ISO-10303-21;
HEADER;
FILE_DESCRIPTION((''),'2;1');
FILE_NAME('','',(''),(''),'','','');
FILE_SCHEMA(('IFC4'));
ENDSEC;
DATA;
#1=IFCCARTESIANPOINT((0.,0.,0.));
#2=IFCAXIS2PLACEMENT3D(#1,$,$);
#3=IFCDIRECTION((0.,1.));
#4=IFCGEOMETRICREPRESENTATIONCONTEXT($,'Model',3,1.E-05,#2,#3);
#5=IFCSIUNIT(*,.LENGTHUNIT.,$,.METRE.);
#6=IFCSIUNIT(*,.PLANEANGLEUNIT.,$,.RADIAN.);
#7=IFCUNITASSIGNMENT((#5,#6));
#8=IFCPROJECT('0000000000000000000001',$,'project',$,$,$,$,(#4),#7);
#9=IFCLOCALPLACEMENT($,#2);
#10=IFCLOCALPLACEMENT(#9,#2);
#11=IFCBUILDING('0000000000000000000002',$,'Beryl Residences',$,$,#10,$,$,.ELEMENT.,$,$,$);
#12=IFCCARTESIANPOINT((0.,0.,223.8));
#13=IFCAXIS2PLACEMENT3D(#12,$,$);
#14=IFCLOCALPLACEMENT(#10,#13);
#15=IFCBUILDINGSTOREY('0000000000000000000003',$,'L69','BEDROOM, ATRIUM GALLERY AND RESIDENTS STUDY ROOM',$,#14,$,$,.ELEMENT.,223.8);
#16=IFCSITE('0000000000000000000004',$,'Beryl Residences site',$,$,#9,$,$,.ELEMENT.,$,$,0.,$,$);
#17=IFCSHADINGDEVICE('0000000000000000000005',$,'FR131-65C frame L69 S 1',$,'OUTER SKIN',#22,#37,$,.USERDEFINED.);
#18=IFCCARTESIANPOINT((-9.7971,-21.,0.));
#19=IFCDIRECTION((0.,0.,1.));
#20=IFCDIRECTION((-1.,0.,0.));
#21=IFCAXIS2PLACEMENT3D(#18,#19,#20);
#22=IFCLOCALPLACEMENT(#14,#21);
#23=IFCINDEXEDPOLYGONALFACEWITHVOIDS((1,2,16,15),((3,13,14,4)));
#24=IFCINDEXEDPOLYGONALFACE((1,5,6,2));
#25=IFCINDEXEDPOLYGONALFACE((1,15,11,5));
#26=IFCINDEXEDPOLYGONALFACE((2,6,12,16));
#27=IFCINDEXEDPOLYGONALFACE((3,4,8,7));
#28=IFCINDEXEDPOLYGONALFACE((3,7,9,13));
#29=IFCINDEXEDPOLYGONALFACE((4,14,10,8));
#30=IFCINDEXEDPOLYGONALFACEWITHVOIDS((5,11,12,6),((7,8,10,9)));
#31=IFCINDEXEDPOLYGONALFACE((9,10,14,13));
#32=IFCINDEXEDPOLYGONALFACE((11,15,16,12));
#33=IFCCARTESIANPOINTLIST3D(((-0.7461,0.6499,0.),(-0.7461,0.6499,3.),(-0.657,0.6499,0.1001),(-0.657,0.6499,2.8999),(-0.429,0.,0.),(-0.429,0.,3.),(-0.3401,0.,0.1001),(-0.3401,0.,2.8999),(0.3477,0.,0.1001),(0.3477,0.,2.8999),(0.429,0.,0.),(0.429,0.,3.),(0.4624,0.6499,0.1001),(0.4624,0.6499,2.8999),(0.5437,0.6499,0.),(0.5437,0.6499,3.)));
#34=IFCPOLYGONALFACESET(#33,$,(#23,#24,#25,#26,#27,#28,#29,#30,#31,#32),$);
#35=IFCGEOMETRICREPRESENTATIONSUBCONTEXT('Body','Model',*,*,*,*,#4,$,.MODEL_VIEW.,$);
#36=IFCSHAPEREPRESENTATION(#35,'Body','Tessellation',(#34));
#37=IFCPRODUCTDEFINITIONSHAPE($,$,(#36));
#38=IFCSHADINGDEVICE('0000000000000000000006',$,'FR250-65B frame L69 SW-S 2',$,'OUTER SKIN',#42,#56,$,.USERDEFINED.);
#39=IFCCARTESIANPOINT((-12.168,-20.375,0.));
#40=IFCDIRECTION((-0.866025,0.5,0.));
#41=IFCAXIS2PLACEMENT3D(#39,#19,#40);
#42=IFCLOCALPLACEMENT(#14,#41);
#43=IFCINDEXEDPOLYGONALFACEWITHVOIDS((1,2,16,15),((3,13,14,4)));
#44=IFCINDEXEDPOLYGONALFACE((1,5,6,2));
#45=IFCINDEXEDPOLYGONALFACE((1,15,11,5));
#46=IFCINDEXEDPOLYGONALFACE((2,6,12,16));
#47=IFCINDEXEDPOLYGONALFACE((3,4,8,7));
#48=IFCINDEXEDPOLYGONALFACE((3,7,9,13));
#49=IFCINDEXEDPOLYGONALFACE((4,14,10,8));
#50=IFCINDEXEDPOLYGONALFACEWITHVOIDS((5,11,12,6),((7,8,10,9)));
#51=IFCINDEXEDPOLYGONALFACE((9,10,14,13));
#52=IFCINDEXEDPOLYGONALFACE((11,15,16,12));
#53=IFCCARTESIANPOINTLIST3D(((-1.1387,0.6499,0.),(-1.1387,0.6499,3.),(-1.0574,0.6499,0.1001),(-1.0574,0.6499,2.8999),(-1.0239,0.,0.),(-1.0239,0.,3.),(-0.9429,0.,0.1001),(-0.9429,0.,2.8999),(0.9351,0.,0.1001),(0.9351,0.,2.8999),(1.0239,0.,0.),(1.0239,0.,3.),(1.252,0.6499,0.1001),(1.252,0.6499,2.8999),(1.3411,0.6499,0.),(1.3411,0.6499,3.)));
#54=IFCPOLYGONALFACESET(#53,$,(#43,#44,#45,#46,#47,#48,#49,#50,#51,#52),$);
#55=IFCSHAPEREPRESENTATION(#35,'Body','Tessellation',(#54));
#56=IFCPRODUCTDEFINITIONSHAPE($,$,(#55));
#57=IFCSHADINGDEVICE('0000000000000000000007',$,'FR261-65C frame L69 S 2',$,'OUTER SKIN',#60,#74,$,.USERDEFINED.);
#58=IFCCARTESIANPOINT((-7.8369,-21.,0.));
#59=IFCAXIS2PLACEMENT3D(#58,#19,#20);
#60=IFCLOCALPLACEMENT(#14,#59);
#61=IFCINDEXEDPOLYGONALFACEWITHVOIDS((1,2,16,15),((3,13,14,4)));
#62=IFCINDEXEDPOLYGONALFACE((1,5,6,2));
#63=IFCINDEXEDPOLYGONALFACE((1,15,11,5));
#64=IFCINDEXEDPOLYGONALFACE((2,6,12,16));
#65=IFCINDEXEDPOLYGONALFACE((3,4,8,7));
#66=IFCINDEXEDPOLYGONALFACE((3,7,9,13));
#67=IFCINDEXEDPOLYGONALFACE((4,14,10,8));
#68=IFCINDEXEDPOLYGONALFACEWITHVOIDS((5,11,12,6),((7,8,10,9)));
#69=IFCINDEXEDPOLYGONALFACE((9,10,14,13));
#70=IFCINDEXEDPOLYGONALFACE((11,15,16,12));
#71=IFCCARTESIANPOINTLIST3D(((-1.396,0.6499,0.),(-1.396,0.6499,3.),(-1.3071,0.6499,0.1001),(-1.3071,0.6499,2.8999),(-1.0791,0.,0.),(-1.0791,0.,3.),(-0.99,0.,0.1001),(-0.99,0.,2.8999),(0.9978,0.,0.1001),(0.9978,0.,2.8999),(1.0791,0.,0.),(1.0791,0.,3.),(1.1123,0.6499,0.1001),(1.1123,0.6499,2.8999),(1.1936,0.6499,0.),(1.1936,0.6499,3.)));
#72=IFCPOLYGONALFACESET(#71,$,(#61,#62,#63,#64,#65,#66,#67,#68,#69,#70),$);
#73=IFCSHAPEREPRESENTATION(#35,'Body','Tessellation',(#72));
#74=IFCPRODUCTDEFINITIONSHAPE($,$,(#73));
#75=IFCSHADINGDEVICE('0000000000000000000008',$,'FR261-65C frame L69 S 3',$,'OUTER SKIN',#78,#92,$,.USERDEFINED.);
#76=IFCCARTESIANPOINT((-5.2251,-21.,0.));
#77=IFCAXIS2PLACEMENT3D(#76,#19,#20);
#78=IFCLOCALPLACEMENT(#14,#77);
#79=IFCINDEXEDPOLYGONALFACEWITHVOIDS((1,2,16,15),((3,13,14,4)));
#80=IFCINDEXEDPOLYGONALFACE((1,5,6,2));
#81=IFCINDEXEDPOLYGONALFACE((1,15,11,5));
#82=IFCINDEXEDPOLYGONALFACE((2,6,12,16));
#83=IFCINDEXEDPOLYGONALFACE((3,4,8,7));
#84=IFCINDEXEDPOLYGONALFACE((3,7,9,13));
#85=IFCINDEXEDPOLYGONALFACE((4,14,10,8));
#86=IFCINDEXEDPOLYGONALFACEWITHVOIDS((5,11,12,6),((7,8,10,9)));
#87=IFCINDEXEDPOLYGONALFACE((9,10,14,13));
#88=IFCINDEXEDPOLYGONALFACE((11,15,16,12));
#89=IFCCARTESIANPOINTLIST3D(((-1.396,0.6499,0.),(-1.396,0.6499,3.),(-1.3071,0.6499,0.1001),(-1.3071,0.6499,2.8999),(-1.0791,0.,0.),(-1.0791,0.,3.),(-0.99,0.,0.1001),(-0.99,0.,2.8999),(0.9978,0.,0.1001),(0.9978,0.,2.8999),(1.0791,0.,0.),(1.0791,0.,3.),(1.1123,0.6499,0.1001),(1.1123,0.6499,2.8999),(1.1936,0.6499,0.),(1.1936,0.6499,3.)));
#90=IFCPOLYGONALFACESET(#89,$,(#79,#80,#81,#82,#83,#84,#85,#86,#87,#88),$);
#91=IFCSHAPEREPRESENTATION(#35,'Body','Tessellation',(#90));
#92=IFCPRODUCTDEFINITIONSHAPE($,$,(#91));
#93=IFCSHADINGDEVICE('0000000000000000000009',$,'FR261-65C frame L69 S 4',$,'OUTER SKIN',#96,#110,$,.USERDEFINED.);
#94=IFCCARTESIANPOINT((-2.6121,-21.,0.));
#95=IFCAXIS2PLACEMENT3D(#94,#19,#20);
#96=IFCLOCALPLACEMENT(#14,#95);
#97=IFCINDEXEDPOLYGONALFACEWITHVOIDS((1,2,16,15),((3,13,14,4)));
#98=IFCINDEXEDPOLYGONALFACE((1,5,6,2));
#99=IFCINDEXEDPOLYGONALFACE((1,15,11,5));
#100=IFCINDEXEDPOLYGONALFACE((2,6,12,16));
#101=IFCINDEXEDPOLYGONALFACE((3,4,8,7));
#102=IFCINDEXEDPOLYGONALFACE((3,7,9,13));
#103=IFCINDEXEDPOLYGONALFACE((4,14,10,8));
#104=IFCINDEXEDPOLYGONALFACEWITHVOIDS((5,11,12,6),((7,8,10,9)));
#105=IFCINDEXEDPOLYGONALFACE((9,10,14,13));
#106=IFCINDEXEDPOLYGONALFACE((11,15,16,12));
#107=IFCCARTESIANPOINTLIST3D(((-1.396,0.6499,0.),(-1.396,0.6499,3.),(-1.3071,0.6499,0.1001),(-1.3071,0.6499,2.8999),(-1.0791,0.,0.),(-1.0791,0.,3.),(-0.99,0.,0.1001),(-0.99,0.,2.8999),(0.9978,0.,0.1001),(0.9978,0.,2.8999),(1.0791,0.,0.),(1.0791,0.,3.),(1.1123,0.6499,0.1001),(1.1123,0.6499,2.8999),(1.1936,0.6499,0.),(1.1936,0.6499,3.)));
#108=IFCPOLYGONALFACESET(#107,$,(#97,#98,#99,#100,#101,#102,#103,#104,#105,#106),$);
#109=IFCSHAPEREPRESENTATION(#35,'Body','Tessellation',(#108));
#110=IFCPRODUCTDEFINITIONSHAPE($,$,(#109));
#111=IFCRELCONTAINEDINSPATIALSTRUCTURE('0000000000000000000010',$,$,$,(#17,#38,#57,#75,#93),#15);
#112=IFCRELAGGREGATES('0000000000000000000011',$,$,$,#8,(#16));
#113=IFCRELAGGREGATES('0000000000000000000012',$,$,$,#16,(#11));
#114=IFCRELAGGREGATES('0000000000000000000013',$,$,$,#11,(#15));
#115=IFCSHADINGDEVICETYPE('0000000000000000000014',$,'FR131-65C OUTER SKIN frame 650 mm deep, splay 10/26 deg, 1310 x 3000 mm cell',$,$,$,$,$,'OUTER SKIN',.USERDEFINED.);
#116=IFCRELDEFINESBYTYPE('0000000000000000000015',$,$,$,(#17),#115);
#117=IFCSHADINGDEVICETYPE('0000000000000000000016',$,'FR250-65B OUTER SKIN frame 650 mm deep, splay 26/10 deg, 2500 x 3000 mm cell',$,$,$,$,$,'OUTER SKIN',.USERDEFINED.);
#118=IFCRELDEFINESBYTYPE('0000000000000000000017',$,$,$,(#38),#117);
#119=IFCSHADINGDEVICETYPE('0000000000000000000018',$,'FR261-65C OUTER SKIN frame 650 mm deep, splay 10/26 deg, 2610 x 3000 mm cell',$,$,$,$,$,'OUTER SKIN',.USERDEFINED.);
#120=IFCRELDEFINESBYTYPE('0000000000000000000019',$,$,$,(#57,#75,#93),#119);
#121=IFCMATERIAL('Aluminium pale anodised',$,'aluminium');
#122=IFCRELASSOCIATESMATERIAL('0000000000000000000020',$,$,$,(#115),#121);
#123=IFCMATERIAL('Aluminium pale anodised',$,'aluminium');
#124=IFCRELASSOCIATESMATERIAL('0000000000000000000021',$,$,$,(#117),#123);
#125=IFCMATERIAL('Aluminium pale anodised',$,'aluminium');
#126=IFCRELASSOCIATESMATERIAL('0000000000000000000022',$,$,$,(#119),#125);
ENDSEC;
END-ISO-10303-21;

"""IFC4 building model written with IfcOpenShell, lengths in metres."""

from ifc_helpers import new_model, entity, si_unit, direction, frame, origin, place, context, subcontext, project, spatial, source, transform, mapped, material, type_object, type_shapes, element, save


model = new_model("IFC4")

# Units and contexts
model_context = context("Model", 3, precision=1e-05, world=origin(), true_north=direction((0.0, 1.0)))
body_context = subcontext(model_context, "Body", "Model", "MODEL_VIEW")
ifc_project = project(units=[si_unit("LENGTHUNIT", "METRE"), si_unit("PLANEANGLEUNIT", "RADIAN")], contexts=[model_context])

# Site, building, storey
site_placement = place(None, origin())
site = spatial("IfcSite", under=ifc_project, at=site_placement, Name="Beryl Residences site", CompositionType="ELEMENT", RefElevation=0.0)
building_placement = place(site_placement, origin())
building = spatial("IfcBuilding", under=site, at=building_placement, Name="Beryl Residences", CompositionType="ELEMENT")
storey_placement = place(building_placement, frame((0.0, 0.0, 223.8)))
storey = spatial("IfcBuildingStorey", under=building, at=storey_placement, Name="L69", Description="BEDROOM, ATRIUM GALLERY AND RESIDENTS STUDY ROOM", CompositionType="ELEMENT", Elevation=223.8)

# Shading devices
ifc_material_1 = material(Name="Aluminium pale anodised", Category="aluminium")
shading_device_type_1 = type_object("IfcShadingDeviceType", Name="FR131-65C OUTER SKIN frame 650 mm deep, splay 10/26 deg, 1310 x 3000 mm cell", ElementType="OUTER SKIN", PredefinedType="USERDEFINED", material=ifc_material_1)
cartesian_point_1 = entity("IfcCartesianPoint", [-0.429, 0.0])
cartesian_point_2 = entity("IfcCartesianPoint", [-0.3477, 0.1001])
cartesian_point_3 = entity("IfcCartesianPoint", [-0.5437, 0.0])
cartesian_point_4 = entity("IfcCartesianPoint", [-0.4624, 0.1001])
shared_shape_1 = source(origin(), body_context, "Body", "SweptSolid", [
    entity("IfcExtrudedAreaSolidTapered", entity("IfcArbitraryProfileDefWithVoids", "AREA", None, entity("IfcPolyline", [cartesian_point_1, entity("IfcCartesianPoint", [0.429, 0.0]), entity("IfcCartesianPoint", [0.429, 3.0]), entity("IfcCartesianPoint", [-0.429, 3.0]), cartesian_point_1]), [entity("IfcPolyline", [cartesian_point_2, entity("IfcCartesianPoint", [0.3401, 0.1001]), entity("IfcCartesianPoint", [0.3401, 2.8999]), entity("IfcCartesianPoint", [-0.3477, 2.8999]), cartesian_point_2])]), entity("IfcAxis2Placement3D", entity("IfcCartesianPoint", [0.0, 0.0, 0.0]), entity("IfcDirection", [0.0, 1.0, 0.0]), entity("IfcDirection", [-1.0, 0.0, 0.0])), entity("IfcDirection", [0.0, 0.0, 1.0]), 0.6499, entity("IfcArbitraryProfileDefWithVoids", "AREA", None, entity("IfcPolyline", [cartesian_point_3, entity("IfcCartesianPoint", [0.7461, 0.0]), entity("IfcCartesianPoint", [0.7461, 3.0]), entity("IfcCartesianPoint", [-0.5437, 3.0]), cartesian_point_3]), [entity("IfcPolyline", [cartesian_point_4, entity("IfcCartesianPoint", [0.657, 0.1001]), entity("IfcCartesianPoint", [0.657, 2.8999]), entity("IfcCartesianPoint", [-0.4624, 2.8999]), cartesian_point_4])])),
])
type_shapes(shading_device_type_1, [shared_shape_1])
shading_device_1_placement = place(storey_placement, frame((-9.7971, -21.0, 0.0), z_axis=(0.0, 0.0, 1.0), x_axis=(-1.0, 0.0, 0.0)))
element("IfcShadingDevice", 1, at=shading_device_1_placement, inside=storey, type_object=shading_device_type_1, Name="FR131-65C frame L69 S 1", ObjectType="OUTER SKIN", PredefinedType="USERDEFINED", context=body_context, shape_type="MappedRepresentation", body=[
    mapped(shared_shape_1, transform((0.0, 0.0, 0.0))),
])
ifc_material_2 = material(Name="Aluminium pale anodised", Category="aluminium")
shading_device_type_2 = type_object("IfcShadingDeviceType", Name="FR250-65B OUTER SKIN frame 650 mm deep, splay 26/10 deg, 2500 x 3000 mm cell", ElementType="OUTER SKIN", PredefinedType="USERDEFINED", material=ifc_material_2)
cartesian_point_5 = entity("IfcCartesianPoint", [-1.0239, 0.0])
cartesian_point_6 = entity("IfcCartesianPoint", [-0.9351, 0.1001])
cartesian_point_7 = entity("IfcCartesianPoint", [-1.3411, 0.0])
cartesian_point_8 = entity("IfcCartesianPoint", [-1.252, 0.1001])
shared_shape_2 = source(origin(), body_context, "Body", "SweptSolid", [
    entity("IfcExtrudedAreaSolidTapered", entity("IfcArbitraryProfileDefWithVoids", "AREA", None, entity("IfcPolyline", [cartesian_point_5, entity("IfcCartesianPoint", [1.0239, 0.0]), entity("IfcCartesianPoint", [1.0239, 3.0]), entity("IfcCartesianPoint", [-1.0239, 3.0]), cartesian_point_5]), [entity("IfcPolyline", [cartesian_point_6, entity("IfcCartesianPoint", [0.9429, 0.1001]), entity("IfcCartesianPoint", [0.9429, 2.8999]), entity("IfcCartesianPoint", [-0.9351, 2.8999]), cartesian_point_6])]), entity("IfcAxis2Placement3D", entity("IfcCartesianPoint", [0.0, 0.0, 0.0]), entity("IfcDirection", [0.0, 1.0, 0.0]), entity("IfcDirection", [-1.0, 0.0, 0.0])), entity("IfcDirection", [0.0, 0.0, 1.0]), 0.6499, entity("IfcArbitraryProfileDefWithVoids", "AREA", None, entity("IfcPolyline", [cartesian_point_7, entity("IfcCartesianPoint", [1.1387, 0.0]), entity("IfcCartesianPoint", [1.1387, 3.0]), entity("IfcCartesianPoint", [-1.3411, 3.0]), cartesian_point_7]), [entity("IfcPolyline", [cartesian_point_8, entity("IfcCartesianPoint", [1.0574, 0.1001]), entity("IfcCartesianPoint", [1.0574, 2.8999]), entity("IfcCartesianPoint", [-1.252, 2.8999]), cartesian_point_8])])),
])
type_shapes(shading_device_type_2, [shared_shape_2])
shading_device_2_placement = place(storey_placement, frame((-12.168, -20.375, 0.0), z_axis=(0.0, 0.0, 1.0), x_axis=(-0.866025, 0.5, 0.0)))
element("IfcShadingDevice", 2, at=shading_device_2_placement, inside=storey, type_object=shading_device_type_2, Name="FR250-65B frame L69 SW-S 2", ObjectType="OUTER SKIN", PredefinedType="USERDEFINED", context=body_context, shape_type="MappedRepresentation", body=[
    mapped(shared_shape_2, transform((0.0, 0.0, 0.0))),
])
ifc_material_3 = material(Name="Aluminium pale anodised", Category="aluminium")
shading_device_type_3 = type_object("IfcShadingDeviceType", Name="FR261-65C OUTER SKIN frame 650 mm deep, splay 10/26 deg, 2610 x 3000 mm cell", ElementType="OUTER SKIN", PredefinedType="USERDEFINED", material=ifc_material_3)
cartesian_point_9 = entity("IfcCartesianPoint", [-1.0791, 0.0])
cartesian_point_10 = entity("IfcCartesianPoint", [-0.9978, 0.1001])
cartesian_point_11 = entity("IfcCartesianPoint", [-1.1936, 0.0])
cartesian_point_12 = entity("IfcCartesianPoint", [-1.1123, 0.1001])
shared_shape_3 = source(origin(), body_context, "Body", "SweptSolid", [
    entity("IfcExtrudedAreaSolidTapered", entity("IfcArbitraryProfileDefWithVoids", "AREA", None, entity("IfcPolyline", [cartesian_point_9, entity("IfcCartesianPoint", [1.0791, 0.0]), entity("IfcCartesianPoint", [1.0791, 3.0]), entity("IfcCartesianPoint", [-1.0791, 3.0]), cartesian_point_9]), [entity("IfcPolyline", [cartesian_point_10, entity("IfcCartesianPoint", [0.99, 0.1001]), entity("IfcCartesianPoint", [0.99, 2.8999]), entity("IfcCartesianPoint", [-0.9978, 2.8999]), cartesian_point_10])]), entity("IfcAxis2Placement3D", entity("IfcCartesianPoint", [0.0, 0.0, 0.0]), entity("IfcDirection", [0.0, 1.0, 0.0]), entity("IfcDirection", [-1.0, 0.0, 0.0])), entity("IfcDirection", [0.0, 0.0, 1.0]), 0.6499, entity("IfcArbitraryProfileDefWithVoids", "AREA", None, entity("IfcPolyline", [cartesian_point_11, entity("IfcCartesianPoint", [1.396, 0.0]), entity("IfcCartesianPoint", [1.396, 3.0]), entity("IfcCartesianPoint", [-1.1936, 3.0]), cartesian_point_11]), [entity("IfcPolyline", [cartesian_point_12, entity("IfcCartesianPoint", [1.3071, 0.1001]), entity("IfcCartesianPoint", [1.3071, 2.8999]), entity("IfcCartesianPoint", [-1.1123, 2.8999]), cartesian_point_12])])),
])
type_shapes(shading_device_type_3, [shared_shape_3])
for number, where, z_axis, x_axis, name in (
    (3, (-7.8369, -21.0, 0.0), (0.0, 0.0, 1.0), (-1.0, 0.0, 0.0), "FR261-65C frame L69 S 2"),
    (4, (-5.2251, -21.0, 0.0), (0.0, 0.0, 1.0), (-1.0, 0.0, 0.0), "FR261-65C frame L69 S 3"),
    (5, (-2.6121, -21.0, 0.0), (0.0, 0.0, 1.0), (-1.0, 0.0, 0.0), "FR261-65C frame L69 S 4"),
):
    element("IfcShadingDevice", number, at=place(storey_placement, frame(where, z_axis=z_axis, x_axis=x_axis)), inside=storey, type_object=shading_device_type_3, Name=name, ObjectType="OUTER SKIN", PredefinedType="USERDEFINED", context=body_context, shape_type="MappedRepresentation", body=[
        mapped(shared_shape_3, transform((0.0, 0.0, 0.0))),
    ])

save(model, "model.ifc")
